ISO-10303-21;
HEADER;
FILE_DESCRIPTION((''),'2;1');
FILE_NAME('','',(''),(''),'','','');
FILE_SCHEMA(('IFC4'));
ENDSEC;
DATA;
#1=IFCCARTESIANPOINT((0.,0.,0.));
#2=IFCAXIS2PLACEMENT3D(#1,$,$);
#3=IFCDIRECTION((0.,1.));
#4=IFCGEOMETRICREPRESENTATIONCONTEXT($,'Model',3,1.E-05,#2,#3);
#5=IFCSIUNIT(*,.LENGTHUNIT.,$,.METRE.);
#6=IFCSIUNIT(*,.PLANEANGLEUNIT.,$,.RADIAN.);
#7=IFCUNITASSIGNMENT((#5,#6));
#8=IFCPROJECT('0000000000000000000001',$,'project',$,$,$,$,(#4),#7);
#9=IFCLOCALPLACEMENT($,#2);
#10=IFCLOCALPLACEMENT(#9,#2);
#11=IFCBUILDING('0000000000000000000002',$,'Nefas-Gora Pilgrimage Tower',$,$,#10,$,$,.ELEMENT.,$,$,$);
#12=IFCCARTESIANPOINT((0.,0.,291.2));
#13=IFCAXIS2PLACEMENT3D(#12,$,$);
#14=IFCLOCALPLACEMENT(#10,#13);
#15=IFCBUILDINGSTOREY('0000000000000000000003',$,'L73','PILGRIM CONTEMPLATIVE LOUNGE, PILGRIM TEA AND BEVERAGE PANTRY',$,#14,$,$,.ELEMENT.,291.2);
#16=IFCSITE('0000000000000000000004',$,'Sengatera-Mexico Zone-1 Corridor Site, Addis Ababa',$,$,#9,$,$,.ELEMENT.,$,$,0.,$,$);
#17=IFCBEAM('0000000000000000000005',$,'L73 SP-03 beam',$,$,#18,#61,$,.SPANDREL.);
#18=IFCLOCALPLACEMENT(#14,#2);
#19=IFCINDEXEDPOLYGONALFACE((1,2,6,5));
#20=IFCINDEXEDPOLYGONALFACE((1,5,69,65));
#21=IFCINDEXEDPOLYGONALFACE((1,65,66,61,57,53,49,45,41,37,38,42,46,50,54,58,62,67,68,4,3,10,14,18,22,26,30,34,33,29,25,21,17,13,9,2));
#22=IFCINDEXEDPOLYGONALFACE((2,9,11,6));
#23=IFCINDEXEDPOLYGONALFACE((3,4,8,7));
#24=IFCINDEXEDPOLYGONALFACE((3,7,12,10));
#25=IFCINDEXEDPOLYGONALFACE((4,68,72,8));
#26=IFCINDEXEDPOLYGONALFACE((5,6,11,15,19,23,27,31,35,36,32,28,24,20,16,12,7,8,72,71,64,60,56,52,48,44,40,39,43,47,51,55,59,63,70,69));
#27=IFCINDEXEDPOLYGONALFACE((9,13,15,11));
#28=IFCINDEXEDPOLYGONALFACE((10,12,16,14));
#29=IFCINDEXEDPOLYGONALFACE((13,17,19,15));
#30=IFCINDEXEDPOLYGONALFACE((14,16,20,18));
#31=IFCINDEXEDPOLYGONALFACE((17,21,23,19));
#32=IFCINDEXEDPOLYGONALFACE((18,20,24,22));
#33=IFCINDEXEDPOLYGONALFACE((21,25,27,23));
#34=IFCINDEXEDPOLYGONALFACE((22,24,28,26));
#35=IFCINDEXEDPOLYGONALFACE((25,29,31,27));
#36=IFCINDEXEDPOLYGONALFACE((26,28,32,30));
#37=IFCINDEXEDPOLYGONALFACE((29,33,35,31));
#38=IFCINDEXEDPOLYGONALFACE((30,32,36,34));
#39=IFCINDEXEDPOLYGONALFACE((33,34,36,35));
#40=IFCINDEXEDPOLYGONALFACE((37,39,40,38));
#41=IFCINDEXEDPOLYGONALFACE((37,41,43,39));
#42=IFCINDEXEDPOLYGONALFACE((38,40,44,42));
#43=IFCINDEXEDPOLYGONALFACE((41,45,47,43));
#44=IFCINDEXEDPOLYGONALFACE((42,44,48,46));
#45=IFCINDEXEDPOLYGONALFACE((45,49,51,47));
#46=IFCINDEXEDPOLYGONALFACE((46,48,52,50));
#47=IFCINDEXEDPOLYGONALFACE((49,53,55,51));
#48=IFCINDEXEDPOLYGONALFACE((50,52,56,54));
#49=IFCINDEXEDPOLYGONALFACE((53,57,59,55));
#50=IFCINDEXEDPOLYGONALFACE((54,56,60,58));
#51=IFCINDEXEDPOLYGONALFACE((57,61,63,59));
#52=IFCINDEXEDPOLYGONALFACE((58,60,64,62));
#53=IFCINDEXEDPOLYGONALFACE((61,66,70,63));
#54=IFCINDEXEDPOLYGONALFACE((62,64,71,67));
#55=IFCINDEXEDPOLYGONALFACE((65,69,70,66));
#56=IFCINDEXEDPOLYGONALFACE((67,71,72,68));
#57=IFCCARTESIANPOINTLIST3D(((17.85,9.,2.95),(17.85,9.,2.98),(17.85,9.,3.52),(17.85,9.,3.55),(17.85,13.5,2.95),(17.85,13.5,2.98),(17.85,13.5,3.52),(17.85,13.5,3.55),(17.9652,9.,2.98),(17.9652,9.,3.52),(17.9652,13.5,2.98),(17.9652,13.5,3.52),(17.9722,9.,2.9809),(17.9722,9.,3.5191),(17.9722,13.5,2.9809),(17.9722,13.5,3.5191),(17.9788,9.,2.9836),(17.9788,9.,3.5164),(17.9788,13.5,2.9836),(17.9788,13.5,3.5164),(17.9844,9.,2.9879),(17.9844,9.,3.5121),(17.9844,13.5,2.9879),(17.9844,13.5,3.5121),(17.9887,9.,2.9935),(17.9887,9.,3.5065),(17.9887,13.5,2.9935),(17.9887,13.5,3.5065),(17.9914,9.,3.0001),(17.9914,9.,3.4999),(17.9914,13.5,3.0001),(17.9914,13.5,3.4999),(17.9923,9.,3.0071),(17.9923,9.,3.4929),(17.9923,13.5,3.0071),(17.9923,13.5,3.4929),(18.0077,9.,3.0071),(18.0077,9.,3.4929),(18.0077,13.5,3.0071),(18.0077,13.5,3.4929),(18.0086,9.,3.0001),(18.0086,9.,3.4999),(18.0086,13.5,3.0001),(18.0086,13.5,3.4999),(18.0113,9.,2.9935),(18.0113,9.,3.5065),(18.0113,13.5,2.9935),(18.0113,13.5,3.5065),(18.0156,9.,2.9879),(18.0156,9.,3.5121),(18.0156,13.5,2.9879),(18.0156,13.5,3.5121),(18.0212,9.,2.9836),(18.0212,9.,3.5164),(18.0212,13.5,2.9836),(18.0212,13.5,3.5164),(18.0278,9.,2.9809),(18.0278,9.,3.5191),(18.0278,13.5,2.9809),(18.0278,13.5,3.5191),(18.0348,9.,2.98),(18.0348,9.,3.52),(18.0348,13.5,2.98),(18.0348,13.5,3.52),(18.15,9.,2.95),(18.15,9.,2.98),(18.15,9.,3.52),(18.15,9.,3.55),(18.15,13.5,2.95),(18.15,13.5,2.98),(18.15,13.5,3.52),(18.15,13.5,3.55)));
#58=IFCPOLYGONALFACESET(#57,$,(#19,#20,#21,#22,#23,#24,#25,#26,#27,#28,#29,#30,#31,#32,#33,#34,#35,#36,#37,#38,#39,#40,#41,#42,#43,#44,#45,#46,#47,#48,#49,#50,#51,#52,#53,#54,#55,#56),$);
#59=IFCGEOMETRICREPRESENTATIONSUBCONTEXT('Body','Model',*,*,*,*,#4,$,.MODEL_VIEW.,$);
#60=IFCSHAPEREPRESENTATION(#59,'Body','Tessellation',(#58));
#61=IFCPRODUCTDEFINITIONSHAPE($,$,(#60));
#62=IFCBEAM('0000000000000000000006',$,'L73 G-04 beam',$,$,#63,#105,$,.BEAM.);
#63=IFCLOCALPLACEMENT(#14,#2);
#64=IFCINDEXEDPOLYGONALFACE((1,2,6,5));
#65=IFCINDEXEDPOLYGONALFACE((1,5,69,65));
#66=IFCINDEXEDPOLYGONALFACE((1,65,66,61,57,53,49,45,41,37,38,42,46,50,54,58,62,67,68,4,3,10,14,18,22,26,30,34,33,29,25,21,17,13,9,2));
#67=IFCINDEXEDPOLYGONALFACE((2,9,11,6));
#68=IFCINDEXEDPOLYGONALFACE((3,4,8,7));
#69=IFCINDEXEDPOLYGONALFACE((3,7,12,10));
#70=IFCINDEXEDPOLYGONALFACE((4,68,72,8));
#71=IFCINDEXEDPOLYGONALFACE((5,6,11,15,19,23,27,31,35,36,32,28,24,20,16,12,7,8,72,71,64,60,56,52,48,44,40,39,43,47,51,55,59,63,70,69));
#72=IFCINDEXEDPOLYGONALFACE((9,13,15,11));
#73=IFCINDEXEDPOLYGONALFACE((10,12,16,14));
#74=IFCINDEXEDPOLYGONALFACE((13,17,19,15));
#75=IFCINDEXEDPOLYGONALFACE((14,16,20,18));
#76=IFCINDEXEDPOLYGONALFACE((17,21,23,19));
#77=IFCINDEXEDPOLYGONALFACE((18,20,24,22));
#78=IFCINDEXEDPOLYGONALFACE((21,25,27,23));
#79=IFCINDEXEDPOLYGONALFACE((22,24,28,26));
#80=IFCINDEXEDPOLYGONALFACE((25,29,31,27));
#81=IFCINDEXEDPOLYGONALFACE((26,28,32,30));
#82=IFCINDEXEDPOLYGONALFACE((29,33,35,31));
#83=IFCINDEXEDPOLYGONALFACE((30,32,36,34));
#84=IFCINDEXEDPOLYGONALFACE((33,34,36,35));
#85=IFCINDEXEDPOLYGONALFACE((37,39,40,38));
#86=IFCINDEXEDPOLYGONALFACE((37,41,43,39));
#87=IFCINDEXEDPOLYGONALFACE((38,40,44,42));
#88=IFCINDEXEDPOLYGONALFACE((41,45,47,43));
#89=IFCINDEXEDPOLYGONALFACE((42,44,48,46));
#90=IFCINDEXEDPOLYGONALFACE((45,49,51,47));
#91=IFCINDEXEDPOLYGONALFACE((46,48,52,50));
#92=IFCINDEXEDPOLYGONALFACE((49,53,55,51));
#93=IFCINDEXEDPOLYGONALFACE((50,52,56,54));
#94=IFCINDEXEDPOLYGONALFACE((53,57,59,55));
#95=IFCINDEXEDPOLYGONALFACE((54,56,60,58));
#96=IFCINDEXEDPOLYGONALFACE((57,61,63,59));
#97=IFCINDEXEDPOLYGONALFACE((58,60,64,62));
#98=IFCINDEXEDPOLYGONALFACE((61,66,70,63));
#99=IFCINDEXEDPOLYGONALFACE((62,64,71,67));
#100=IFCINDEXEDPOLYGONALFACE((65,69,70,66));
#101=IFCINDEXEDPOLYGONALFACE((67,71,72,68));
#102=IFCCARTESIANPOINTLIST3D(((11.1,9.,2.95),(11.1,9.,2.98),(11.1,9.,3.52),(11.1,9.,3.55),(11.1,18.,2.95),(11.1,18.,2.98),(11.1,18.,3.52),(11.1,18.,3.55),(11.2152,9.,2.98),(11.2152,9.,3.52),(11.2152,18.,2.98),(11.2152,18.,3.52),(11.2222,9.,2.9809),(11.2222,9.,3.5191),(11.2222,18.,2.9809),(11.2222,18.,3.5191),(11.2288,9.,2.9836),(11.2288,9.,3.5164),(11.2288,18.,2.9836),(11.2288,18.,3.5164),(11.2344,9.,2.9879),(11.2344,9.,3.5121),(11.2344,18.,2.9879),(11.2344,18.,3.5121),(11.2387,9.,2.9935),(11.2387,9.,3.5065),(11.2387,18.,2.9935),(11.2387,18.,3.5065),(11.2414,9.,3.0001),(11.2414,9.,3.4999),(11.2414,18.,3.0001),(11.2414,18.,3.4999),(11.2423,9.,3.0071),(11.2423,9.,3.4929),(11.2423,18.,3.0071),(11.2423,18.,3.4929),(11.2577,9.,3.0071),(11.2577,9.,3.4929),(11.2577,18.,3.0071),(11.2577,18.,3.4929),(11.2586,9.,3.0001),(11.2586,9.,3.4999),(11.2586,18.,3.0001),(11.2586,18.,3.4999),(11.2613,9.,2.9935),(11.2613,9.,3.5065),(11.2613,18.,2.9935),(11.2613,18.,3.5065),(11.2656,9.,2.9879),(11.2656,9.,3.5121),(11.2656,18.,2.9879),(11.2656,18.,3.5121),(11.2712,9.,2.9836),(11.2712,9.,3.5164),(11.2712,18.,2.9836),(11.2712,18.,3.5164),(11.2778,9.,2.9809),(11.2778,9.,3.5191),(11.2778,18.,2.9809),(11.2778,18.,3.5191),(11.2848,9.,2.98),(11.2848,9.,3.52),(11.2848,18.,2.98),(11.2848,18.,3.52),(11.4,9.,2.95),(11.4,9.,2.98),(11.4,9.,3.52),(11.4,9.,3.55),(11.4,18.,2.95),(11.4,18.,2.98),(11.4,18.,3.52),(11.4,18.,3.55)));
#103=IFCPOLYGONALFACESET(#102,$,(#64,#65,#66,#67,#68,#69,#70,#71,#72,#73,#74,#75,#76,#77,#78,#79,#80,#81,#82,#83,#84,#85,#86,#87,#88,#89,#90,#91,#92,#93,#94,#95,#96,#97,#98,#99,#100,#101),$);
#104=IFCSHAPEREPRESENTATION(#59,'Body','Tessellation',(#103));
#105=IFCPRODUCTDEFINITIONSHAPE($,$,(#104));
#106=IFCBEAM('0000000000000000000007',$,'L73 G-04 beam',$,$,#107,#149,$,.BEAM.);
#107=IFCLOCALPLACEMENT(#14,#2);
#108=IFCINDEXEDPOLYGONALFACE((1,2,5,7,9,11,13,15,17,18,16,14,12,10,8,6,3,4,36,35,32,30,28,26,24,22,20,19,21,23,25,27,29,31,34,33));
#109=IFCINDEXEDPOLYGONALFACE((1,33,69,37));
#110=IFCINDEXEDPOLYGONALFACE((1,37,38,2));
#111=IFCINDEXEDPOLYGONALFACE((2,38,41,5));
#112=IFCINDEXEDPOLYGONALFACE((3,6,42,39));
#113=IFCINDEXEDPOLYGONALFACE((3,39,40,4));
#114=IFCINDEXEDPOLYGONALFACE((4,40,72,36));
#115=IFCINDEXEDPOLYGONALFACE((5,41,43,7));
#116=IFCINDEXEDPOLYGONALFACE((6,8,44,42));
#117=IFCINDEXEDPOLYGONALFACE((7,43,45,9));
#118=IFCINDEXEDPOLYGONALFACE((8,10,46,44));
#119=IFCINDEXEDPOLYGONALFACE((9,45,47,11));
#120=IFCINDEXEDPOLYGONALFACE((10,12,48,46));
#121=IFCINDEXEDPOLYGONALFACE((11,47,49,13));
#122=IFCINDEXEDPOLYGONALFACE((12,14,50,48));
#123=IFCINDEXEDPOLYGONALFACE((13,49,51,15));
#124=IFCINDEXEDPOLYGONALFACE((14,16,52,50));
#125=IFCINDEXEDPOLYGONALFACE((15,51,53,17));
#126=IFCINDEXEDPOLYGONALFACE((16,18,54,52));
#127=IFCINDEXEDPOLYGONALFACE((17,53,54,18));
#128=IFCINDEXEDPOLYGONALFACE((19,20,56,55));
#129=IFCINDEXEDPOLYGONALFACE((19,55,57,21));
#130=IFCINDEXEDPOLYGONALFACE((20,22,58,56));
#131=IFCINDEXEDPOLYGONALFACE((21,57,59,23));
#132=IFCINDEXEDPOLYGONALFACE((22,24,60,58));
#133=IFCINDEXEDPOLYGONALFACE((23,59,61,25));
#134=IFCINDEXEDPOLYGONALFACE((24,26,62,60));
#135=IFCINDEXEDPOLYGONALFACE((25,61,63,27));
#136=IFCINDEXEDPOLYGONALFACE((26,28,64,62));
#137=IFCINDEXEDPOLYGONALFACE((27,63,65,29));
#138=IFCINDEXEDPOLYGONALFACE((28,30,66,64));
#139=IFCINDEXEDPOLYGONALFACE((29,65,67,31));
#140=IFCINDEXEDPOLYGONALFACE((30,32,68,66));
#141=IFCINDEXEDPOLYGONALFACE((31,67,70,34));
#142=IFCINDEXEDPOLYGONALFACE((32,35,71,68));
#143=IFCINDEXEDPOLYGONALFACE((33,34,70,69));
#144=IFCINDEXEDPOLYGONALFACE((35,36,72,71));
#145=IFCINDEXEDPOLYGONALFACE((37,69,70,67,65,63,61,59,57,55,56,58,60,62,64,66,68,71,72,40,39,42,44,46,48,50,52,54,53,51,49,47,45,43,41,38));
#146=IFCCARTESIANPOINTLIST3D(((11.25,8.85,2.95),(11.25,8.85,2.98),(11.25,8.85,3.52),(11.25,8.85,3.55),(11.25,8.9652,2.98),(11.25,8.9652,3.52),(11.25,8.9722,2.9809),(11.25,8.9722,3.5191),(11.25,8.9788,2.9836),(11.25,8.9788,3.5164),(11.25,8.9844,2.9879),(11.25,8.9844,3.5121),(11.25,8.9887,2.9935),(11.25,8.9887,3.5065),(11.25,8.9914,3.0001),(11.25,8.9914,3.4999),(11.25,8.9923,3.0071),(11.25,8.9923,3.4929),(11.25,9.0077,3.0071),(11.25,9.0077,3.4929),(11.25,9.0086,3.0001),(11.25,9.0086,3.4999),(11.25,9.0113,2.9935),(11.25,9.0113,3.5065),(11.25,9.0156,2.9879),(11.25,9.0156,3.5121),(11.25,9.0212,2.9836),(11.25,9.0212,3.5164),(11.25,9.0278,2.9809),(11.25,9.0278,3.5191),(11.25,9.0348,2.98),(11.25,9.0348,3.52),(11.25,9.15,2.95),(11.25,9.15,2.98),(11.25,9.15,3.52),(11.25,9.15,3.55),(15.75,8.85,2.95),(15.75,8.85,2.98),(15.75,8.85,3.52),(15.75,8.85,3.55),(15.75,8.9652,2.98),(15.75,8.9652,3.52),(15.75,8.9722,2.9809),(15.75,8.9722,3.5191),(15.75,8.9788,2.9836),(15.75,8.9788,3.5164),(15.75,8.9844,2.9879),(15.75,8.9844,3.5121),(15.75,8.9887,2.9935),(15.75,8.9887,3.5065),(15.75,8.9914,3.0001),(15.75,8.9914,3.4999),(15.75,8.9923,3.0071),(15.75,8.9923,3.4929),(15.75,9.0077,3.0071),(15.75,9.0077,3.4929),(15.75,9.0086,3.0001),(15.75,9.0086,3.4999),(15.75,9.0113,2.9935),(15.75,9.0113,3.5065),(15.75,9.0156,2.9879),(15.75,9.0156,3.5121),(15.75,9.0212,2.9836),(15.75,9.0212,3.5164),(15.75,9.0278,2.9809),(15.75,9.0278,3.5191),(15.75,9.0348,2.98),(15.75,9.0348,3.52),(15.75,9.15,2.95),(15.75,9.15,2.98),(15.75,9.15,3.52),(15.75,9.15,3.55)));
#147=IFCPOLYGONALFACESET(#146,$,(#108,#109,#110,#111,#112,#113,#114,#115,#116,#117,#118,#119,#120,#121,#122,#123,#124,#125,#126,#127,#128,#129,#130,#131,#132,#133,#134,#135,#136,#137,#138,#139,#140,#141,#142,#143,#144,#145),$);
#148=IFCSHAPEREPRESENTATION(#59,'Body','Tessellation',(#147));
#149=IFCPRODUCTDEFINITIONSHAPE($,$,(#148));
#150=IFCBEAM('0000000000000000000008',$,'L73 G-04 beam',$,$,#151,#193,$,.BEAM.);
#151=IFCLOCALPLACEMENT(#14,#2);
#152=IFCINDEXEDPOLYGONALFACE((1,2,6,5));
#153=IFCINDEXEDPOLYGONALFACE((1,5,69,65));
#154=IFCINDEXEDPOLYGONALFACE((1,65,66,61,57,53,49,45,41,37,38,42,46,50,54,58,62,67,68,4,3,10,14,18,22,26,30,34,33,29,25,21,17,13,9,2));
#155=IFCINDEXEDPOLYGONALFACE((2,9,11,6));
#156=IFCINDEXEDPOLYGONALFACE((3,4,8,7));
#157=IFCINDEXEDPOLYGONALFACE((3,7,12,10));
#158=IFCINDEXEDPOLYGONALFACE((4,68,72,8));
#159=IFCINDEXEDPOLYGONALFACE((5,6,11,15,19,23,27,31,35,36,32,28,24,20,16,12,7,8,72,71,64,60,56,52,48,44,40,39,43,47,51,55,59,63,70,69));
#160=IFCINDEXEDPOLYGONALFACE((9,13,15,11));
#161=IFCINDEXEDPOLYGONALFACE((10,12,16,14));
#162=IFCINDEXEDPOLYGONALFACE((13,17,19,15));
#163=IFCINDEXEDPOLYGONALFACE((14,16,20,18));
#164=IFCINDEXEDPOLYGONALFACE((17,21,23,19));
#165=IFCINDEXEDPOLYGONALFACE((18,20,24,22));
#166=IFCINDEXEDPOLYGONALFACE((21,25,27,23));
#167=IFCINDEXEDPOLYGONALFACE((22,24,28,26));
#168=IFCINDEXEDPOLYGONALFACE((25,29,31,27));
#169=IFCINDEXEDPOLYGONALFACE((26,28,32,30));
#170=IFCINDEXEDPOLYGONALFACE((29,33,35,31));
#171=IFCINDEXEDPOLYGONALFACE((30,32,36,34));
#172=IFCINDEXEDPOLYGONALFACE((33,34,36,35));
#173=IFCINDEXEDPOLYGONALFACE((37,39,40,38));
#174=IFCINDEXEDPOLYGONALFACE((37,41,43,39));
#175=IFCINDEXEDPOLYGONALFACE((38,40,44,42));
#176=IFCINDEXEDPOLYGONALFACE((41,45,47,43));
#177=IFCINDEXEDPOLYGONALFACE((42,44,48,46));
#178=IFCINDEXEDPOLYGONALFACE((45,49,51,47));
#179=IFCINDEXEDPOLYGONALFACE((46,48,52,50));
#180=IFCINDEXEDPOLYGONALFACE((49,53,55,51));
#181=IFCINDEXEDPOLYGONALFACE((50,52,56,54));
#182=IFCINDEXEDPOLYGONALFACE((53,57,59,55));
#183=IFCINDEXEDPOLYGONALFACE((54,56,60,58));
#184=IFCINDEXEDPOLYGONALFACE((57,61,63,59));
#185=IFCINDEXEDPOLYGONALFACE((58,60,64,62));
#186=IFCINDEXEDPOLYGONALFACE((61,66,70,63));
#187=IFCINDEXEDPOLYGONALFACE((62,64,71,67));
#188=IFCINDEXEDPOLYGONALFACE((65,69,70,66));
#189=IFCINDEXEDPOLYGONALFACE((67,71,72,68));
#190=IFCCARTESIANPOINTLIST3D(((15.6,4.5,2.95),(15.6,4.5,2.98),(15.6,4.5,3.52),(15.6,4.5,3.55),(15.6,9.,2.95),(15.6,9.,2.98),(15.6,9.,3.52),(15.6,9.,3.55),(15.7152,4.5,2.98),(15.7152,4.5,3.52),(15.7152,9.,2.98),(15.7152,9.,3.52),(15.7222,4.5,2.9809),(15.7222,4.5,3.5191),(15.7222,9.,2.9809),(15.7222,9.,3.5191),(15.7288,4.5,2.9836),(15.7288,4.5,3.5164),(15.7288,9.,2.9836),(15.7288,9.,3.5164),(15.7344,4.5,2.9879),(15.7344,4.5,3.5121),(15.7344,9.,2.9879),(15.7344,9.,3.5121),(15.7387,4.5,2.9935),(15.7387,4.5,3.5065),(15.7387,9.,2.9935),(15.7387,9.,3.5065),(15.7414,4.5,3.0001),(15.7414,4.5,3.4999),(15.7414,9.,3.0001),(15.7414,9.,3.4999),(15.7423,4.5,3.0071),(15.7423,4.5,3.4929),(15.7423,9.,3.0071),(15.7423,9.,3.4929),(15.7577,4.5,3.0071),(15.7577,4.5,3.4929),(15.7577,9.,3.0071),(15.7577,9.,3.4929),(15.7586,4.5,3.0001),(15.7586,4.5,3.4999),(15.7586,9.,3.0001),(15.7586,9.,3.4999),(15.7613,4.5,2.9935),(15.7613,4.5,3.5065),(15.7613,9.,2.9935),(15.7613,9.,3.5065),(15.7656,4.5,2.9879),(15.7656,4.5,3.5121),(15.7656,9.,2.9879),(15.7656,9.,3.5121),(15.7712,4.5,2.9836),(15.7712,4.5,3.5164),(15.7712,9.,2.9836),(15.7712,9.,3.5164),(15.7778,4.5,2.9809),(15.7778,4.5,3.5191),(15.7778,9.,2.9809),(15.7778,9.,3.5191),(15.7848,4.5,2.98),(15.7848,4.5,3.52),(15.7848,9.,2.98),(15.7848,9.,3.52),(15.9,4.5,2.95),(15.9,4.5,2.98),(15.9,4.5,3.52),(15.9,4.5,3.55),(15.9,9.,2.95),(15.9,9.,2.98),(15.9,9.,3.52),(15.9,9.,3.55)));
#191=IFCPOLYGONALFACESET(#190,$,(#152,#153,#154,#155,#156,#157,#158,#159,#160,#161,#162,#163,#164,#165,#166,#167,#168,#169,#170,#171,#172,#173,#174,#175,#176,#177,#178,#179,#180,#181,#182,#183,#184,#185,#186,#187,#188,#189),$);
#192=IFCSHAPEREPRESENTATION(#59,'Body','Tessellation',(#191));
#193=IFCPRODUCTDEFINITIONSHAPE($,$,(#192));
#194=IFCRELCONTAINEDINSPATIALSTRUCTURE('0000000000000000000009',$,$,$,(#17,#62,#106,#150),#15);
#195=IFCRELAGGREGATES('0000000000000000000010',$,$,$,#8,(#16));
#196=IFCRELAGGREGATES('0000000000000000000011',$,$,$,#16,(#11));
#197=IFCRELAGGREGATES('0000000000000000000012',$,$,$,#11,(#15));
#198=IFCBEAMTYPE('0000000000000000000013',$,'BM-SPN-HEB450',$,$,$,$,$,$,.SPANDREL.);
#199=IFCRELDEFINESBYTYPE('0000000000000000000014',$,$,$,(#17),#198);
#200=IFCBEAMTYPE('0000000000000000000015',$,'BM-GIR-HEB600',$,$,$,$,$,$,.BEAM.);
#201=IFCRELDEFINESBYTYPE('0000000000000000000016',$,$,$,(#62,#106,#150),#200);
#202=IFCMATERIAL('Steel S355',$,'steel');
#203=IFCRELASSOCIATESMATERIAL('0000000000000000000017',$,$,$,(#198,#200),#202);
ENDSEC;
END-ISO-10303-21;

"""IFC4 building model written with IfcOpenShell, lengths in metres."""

from ifc_helpers import new_model, si_unit, direction, frame, origin, origin_2d, place, context, subcontext, project, spatial, i_section, extrude, source, transform, mapped, material, material_profile, profile_set, type_object, element, save


model = new_model("IFC4")

# Units and contexts
model_context = context("Model", 3, precision=1e-05, world=origin(), true_north=direction((0.0, 1.0)))
body_context = subcontext(model_context, "Body", "Model", "MODEL_VIEW")
ifc_project = project(units=[si_unit("LENGTHUNIT", "METRE"), si_unit("PLANEANGLEUNIT", "RADIAN")], contexts=[model_context])

# Site, building, storey
site_placement = place(None, origin())
site = spatial("IfcSite", under=ifc_project, at=site_placement, Name="Sengatera-Mexico Zone-1 Corridor Site, Addis Ababa", CompositionType="ELEMENT", RefElevation=0.0)
building_placement = place(site_placement, origin())
building = spatial("IfcBuilding", under=site, at=building_placement, Name="Nefas-Gora Pilgrimage Tower", CompositionType="ELEMENT")
storey_placement = place(building_placement, frame((0.0, 0.0, 291.2)))
storey = spatial("IfcBuildingStorey", under=building, at=storey_placement, Name="L73", Description="PILGRIM CONTEMPLATIVE LOUNGE, PILGRIM TEA AND BEVERAGE PANTRY", CompositionType="ELEMENT", Elevation=291.2)

# Shared definitions
ifc_material_1 = material(Name="Steel S355", Category="steel")

# Beams
ifc_material_profile_1 = material_profile(ifc_material_1, i_section(OverallWidth=0.3, OverallDepth=0.6001, WebThickness=0.0154, FlangeThickness=0.03, FilletRadius=0.0271, at=origin_2d()), Name="HEB 600")
ifc_profile_set_1 = profile_set([ifc_material_profile_1], Name="Steel S355")
beam_type_1 = type_object("IfcBeamType", Name="BM-SPN-HEB450", PredefinedType="SPANDREL", material=ifc_profile_set_1)
shared_shape_1 = source(origin(), body_context, "Body", "SweptSolid", [
    extrude(i_section(OverallWidth=0.3, OverallDepth=0.6001, WebThickness=0.0154, FlangeThickness=0.03, FilletRadius=0.0271, at=origin_2d()), origin(), (0.0, 0.0, 1.0), 4.5),
])
for number, where, z_axis, x_axis, name in (
    (1, (18.0, 9.0, 3.25), (0.0, 1.0, 0.0), (-1.0, 0.0, 0.0), "L73 SP-03 beam"),
):
    element("IfcBeam", number, at=place(storey_placement, frame(where, z_axis=z_axis, x_axis=x_axis)), inside=storey, type_object=beam_type_1, Name=name, PredefinedType="SPANDREL", context=body_context, shape_type="MappedRepresentation", body=[
        mapped(shared_shape_1, transform((0.0, 0.0, 0.0), x_axis=(1.0, 0.0, 0.0), y_axis=(0.0, 1.0, 0.0), z_axis=(0.0, 0.0, 1.0), scale=1.0)),
    ])
ifc_material_profile_2 = material_profile(ifc_material_1, i_section(OverallWidth=0.3, OverallDepth=0.6001, WebThickness=0.0154, FlangeThickness=0.03, FilletRadius=0.0271, at=origin_2d()), Name="HEB 600")
ifc_profile_set_2 = profile_set([ifc_material_profile_2], Name="Steel S355")
beam_type_2 = type_object("IfcBeamType", Name="BM-GIR-HEB600", PredefinedType="BEAM", material=ifc_profile_set_2)
shared_shape_2 = source(origin(), body_context, "Body", "SweptSolid", [
    extrude(i_section(OverallWidth=0.3, OverallDepth=0.6001, WebThickness=0.0154, FlangeThickness=0.03, FilletRadius=0.0271, at=origin_2d()), origin(), (0.0, 0.0, 1.0), 9.0),
])
beam_placement = place(storey_placement, frame((11.25, 9.0, 3.25), z_axis=(0.0, 1.0, 0.0), x_axis=(-1.0, 0.0, 0.0)))
element("IfcBeam", 2, at=beam_placement, inside=storey, type_object=beam_type_2, Name="L73 G-04 beam", PredefinedType="BEAM", context=body_context, shape_type="MappedRepresentation", body=[
    mapped(shared_shape_2, transform((0.0, 0.0, 0.0), x_axis=(1.0, 0.0, 0.0), y_axis=(0.0, 1.0, 0.0), z_axis=(0.0, 0.0, 1.0), scale=1.0)),
])
shared_shape_3 = source(origin(), body_context, "Body", "SweptSolid", [
    extrude(i_section(OverallWidth=0.3, OverallDepth=0.6001, WebThickness=0.0154, FlangeThickness=0.03, FilletRadius=0.0271, at=origin_2d()), origin(), (0.0, 0.0, 1.0), 4.5),
])
for number, where, z_axis, x_axis, name in (
    (3, (11.25, 9.0, 3.25), (1.0, 0.0, 0.0), (0.0, 1.0, 0.0), "L73 G-04 beam"),
    (4, (15.75, 4.5, 3.25), (0.0, 1.0, 0.0), (-1.0, 0.0, 0.0), "L73 G-04 beam"),
):
    element("IfcBeam", number, at=place(storey_placement, frame(where, z_axis=z_axis, x_axis=x_axis)), inside=storey, type_object=beam_type_2, Name=name, PredefinedType="BEAM", context=body_context, shape_type="MappedRepresentation", body=[
        mapped(shared_shape_3, transform((0.0, 0.0, 0.0), x_axis=(1.0, 0.0, 0.0), y_axis=(0.0, 1.0, 0.0), z_axis=(0.0, 0.0, 1.0), scale=1.0)),
    ])

save(model, "model.ifc")
